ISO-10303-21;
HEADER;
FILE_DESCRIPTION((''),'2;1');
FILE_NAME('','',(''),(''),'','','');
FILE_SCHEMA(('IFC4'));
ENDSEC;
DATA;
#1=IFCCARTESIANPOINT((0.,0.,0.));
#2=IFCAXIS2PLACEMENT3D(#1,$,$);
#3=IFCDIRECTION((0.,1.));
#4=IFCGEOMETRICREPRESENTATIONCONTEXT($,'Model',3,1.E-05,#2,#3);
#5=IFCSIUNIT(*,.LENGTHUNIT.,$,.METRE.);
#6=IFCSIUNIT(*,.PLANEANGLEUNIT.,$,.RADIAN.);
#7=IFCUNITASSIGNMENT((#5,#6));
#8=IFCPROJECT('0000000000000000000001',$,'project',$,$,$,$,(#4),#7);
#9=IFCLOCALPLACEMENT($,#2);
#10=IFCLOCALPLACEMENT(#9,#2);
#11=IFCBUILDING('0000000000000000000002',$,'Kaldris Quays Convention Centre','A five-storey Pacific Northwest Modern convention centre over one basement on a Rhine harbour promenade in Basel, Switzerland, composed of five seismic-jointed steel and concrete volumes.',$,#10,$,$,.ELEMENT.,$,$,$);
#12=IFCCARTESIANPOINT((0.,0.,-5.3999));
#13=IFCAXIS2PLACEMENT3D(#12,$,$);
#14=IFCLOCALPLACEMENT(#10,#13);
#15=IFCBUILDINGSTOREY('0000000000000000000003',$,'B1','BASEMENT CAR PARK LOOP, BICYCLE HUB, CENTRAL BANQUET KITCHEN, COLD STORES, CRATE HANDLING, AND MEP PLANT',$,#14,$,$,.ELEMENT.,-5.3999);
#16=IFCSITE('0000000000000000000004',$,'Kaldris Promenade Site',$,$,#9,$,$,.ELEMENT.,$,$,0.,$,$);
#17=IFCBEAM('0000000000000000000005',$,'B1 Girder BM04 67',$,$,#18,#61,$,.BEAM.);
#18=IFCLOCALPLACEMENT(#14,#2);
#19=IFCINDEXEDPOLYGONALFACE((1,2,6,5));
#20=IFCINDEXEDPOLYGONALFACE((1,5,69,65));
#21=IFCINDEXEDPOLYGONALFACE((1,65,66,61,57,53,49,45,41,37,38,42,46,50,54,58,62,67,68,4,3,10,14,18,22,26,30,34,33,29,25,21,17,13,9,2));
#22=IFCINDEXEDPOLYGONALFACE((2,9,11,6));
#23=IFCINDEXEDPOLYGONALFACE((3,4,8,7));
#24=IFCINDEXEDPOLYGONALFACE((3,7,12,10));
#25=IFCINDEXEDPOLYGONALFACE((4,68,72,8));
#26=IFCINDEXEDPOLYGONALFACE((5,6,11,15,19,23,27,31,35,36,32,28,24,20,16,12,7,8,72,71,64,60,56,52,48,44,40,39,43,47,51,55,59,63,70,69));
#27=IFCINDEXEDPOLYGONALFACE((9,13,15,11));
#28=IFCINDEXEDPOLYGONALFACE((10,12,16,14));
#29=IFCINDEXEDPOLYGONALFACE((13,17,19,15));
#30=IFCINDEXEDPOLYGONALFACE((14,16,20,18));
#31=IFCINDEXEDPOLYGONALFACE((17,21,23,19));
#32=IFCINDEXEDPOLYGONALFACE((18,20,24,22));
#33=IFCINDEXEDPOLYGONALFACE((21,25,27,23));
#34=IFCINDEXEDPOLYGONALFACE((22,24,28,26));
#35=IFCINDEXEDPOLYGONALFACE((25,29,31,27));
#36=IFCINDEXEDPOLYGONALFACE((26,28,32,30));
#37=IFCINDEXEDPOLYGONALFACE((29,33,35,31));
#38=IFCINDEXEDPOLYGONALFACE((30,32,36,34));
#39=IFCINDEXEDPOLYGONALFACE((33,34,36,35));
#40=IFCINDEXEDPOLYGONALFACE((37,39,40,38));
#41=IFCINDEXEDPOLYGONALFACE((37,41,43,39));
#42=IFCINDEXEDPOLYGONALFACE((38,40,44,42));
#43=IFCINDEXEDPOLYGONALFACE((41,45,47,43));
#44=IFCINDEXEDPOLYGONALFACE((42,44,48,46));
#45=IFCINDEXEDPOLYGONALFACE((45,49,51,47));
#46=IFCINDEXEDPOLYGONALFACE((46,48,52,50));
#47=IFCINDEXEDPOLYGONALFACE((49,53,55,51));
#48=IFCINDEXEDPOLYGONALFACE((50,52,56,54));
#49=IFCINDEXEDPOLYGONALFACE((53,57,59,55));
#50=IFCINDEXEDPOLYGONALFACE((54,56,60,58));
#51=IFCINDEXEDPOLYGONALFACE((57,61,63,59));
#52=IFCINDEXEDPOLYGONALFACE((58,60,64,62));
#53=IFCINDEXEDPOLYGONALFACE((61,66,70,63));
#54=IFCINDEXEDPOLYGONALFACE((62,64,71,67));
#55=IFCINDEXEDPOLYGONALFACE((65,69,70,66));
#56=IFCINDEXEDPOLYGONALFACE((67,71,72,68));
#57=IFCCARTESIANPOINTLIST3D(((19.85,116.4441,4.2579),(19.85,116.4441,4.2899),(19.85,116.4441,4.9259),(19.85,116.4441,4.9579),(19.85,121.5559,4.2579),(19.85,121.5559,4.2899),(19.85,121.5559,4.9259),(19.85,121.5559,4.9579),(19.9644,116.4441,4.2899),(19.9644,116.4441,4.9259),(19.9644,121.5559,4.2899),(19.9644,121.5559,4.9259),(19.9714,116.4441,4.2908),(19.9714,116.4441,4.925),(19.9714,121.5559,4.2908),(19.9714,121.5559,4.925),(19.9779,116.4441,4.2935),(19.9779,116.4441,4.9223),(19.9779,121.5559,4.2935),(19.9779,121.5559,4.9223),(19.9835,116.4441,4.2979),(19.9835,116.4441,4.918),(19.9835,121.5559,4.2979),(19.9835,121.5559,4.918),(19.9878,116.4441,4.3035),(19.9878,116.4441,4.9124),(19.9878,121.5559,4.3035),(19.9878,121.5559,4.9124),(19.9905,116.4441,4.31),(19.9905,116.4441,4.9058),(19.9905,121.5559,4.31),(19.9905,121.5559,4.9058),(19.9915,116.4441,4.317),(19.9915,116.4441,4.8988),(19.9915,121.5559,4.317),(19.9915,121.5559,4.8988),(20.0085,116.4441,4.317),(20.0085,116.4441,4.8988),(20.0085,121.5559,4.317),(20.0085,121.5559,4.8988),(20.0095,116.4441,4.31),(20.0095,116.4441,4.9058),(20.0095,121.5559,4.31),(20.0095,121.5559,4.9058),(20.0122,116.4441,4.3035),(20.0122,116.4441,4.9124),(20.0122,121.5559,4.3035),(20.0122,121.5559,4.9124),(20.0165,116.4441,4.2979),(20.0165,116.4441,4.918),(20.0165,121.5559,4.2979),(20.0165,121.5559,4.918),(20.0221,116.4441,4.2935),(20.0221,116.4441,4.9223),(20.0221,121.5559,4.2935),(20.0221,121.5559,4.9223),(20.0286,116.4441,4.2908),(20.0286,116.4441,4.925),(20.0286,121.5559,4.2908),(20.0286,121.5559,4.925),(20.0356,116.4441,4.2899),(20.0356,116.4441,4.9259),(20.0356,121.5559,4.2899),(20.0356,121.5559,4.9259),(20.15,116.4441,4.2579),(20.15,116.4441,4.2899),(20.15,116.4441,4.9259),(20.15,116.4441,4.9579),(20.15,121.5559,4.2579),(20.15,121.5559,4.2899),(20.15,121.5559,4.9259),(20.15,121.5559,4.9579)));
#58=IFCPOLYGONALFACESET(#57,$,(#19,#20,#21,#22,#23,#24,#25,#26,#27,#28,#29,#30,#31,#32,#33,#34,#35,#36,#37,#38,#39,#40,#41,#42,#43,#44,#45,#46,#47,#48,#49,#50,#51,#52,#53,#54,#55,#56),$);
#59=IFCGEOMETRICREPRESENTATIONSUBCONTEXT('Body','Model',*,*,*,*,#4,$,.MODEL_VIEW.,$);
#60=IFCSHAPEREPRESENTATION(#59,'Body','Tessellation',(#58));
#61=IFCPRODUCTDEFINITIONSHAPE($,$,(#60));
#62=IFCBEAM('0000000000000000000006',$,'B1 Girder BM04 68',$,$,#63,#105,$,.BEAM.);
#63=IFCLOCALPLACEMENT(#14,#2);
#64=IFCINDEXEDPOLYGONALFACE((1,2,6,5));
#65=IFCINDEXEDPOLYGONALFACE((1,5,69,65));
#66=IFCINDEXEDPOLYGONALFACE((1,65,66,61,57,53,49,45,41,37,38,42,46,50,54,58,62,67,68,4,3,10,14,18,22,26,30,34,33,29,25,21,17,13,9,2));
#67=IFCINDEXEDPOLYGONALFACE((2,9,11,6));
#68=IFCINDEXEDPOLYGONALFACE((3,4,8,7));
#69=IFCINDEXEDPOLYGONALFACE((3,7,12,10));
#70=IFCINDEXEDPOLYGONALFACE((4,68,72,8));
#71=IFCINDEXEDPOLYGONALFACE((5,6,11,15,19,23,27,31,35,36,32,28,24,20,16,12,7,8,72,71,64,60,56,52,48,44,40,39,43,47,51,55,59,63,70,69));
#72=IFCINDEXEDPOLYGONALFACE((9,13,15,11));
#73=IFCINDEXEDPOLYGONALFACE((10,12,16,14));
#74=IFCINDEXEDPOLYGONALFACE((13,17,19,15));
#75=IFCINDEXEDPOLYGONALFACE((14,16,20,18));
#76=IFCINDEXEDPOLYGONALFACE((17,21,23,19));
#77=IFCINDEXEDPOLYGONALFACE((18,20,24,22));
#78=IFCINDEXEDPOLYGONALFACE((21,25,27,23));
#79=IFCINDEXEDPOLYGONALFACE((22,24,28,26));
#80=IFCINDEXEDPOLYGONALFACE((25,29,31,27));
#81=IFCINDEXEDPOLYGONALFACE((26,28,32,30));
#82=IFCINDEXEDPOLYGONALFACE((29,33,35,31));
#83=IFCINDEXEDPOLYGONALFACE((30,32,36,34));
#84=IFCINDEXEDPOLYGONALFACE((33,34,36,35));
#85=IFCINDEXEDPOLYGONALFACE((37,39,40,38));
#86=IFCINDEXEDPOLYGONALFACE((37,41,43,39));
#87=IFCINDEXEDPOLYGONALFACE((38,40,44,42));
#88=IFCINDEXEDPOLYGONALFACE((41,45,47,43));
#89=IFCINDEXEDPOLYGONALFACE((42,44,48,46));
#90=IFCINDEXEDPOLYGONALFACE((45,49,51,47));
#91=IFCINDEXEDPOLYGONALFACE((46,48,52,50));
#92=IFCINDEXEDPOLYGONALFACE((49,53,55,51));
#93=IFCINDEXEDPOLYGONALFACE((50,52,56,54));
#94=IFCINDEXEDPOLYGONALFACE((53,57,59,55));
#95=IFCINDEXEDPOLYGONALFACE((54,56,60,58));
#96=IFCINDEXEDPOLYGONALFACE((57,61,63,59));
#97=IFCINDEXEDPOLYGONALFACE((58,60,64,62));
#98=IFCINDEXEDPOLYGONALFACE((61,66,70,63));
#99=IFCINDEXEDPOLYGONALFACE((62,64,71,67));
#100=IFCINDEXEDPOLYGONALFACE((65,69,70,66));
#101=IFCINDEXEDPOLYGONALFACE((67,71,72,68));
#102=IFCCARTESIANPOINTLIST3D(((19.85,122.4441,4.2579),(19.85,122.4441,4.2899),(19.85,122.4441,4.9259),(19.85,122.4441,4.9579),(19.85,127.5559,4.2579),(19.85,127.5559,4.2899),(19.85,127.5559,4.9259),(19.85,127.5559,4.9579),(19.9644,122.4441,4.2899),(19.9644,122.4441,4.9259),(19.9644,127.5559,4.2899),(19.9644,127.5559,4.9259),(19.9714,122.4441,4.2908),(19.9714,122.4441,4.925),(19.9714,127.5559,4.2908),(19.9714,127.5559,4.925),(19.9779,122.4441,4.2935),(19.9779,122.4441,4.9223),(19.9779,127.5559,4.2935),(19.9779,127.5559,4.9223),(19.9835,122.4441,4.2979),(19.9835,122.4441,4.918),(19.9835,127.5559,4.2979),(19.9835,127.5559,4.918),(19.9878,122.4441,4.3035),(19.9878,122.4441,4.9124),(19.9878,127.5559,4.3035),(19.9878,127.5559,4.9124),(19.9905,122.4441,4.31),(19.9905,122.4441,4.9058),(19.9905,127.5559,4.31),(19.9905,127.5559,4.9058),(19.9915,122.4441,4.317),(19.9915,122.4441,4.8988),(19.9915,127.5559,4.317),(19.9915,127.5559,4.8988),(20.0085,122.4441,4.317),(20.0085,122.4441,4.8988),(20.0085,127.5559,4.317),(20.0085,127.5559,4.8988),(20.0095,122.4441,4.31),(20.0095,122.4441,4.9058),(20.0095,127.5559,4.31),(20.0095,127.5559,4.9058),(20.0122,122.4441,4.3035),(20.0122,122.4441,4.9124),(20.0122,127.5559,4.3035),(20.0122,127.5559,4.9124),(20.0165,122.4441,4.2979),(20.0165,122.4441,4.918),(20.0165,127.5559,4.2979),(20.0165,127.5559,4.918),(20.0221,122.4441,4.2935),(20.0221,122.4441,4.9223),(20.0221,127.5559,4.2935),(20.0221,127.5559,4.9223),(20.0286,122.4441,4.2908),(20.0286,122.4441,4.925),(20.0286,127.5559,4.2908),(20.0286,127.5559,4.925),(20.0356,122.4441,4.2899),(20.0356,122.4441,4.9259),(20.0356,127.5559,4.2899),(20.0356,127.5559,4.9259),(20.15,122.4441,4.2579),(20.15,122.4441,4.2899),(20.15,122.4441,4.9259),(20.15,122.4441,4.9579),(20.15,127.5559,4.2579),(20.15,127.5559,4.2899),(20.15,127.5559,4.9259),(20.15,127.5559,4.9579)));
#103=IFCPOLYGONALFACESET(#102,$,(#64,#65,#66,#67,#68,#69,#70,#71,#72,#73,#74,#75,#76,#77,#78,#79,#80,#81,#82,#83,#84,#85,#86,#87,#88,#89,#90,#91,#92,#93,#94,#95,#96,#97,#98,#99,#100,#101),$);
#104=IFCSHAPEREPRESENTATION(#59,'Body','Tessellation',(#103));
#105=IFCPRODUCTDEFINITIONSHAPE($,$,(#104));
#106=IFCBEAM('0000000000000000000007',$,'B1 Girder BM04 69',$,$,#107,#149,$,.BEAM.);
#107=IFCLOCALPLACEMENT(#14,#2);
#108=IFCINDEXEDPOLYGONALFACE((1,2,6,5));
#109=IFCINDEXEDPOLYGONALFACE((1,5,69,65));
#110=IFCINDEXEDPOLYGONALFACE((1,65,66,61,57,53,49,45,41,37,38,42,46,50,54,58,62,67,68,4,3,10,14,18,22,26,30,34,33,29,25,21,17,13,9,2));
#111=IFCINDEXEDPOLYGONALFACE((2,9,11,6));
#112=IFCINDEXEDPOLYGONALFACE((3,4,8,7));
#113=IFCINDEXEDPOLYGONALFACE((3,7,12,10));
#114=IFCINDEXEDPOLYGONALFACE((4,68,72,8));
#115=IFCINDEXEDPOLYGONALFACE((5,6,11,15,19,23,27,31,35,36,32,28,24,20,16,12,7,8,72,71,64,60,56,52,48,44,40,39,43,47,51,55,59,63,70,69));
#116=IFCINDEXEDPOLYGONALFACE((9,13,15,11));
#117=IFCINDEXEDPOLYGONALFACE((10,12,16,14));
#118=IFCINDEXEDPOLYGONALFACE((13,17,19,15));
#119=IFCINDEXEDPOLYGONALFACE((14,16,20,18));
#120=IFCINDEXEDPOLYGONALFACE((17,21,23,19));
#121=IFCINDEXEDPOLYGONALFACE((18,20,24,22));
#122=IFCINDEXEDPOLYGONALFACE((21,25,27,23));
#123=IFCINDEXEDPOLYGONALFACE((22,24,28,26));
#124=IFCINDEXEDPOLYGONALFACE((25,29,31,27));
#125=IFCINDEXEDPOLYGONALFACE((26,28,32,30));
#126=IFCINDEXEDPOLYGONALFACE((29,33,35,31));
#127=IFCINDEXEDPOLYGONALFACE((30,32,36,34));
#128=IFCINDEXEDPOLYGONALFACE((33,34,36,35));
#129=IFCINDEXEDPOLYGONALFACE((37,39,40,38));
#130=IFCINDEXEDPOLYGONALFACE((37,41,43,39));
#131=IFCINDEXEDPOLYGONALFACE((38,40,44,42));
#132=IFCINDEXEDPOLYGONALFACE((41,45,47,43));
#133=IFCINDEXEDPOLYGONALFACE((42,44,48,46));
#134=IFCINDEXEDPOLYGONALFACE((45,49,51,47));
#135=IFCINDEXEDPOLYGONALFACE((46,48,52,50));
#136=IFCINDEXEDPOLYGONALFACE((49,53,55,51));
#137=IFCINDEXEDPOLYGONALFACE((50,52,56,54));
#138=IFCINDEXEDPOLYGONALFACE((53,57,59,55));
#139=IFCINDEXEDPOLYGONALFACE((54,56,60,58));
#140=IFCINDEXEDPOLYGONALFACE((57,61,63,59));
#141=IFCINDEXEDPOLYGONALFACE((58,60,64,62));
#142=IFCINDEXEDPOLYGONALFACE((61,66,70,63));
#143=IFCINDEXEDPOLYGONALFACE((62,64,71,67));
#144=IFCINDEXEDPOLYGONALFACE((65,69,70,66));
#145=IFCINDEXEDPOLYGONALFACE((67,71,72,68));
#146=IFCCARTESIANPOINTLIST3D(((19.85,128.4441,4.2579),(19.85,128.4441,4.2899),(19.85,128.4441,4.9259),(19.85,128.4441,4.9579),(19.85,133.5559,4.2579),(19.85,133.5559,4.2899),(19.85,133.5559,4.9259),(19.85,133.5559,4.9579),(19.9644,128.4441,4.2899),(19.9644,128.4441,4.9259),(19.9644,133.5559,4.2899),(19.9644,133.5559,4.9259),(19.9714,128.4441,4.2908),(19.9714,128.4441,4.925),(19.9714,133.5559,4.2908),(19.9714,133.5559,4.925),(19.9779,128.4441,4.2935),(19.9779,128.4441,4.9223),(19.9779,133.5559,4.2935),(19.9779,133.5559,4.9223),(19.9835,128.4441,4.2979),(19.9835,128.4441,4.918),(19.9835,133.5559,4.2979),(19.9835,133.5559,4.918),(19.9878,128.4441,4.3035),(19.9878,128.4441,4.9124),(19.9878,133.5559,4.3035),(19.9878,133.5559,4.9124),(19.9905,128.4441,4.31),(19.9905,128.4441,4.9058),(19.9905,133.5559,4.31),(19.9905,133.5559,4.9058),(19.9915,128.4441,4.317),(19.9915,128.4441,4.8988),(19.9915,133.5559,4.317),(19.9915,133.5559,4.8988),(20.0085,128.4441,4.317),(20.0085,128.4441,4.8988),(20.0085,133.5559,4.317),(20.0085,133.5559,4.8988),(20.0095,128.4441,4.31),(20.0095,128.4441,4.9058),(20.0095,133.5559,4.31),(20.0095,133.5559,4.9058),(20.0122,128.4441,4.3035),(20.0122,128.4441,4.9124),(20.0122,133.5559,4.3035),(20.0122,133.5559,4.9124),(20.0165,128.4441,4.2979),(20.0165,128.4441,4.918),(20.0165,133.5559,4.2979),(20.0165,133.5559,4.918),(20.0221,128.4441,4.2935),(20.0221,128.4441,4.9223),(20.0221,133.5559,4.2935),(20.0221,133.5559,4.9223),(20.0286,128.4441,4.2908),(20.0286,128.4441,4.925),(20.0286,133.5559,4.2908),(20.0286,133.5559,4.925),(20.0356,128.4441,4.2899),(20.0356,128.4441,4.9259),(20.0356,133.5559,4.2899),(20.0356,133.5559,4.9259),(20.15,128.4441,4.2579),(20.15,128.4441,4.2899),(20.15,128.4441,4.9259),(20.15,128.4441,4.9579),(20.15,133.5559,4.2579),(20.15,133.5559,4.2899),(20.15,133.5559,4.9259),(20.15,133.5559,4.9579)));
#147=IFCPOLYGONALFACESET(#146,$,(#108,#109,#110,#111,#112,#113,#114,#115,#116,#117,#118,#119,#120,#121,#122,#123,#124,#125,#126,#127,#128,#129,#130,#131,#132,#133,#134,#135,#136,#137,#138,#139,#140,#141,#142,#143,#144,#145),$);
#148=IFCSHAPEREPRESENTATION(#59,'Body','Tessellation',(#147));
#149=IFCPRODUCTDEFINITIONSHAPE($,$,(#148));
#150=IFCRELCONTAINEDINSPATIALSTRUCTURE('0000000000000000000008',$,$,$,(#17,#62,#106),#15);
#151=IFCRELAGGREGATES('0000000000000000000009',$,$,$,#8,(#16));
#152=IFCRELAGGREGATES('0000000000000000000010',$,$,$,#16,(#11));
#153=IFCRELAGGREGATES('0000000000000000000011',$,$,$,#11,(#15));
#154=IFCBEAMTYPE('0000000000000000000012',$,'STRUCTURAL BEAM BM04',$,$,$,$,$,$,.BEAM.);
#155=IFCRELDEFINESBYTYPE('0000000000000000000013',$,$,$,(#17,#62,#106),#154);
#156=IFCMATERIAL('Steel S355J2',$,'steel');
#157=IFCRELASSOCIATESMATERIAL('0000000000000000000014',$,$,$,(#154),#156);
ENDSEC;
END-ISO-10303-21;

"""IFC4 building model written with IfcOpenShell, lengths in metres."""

from ifc_helpers import new_model, si_unit, direction, frame, origin, origin_2d, place, context, subcontext, project, spatial, i_section, extrude, material, material_profile, profile_set, type_object, element, save


model = new_model("IFC4")

# Units and contexts
model_context = context("Model", 3, precision=1e-05, world=origin(), true_north=direction((0.0, 1.0)))
body_context = subcontext(model_context, "Body", "Model", "MODEL_VIEW")
ifc_project = project(units=[si_unit("LENGTHUNIT", "METRE"), si_unit("PLANEANGLEUNIT", "RADIAN")], contexts=[model_context])

# Site, building, storey
site_placement = place(None, origin())
site = spatial("IfcSite", under=ifc_project, at=site_placement, Name="Kaldris Promenade Site", CompositionType="ELEMENT", RefElevation=0.0)
building_placement = place(site_placement, origin())
building = spatial("IfcBuilding", under=site, at=building_placement, Name="Kaldris Quays Convention Centre", Description="A five-storey Pacific Northwest Modern convention centre over one basement on a Rhine harbour promenade in Basel, Switzerland, composed of five seismic-jointed steel and concrete volumes.", CompositionType="ELEMENT")
storey_placement = place(building_placement, frame((0.0, 0.0, -5.3999)))
storey = spatial("IfcBuildingStorey", under=building, at=storey_placement, Name="B1", Description="BASEMENT CAR PARK LOOP, BICYCLE HUB, CENTRAL BANQUET KITCHEN, COLD STORES, CRATE HANDLING, AND MEP PLANT", CompositionType="ELEMENT", Elevation=-5.3999)

# Shared definitions
ifc_material_1 = material(Name="Steel S355J2", Category="steel")

# Beams
ifc_material_profile_1 = material_profile(ifc_material_1, i_section(OverallWidth=0.3, OverallDepth=0.7, WebThickness=0.0171, FlangeThickness=0.032, FilletRadius=0.0271, at=origin_2d()), Name="HEB 700")
ifc_profile_set_1 = profile_set([ifc_material_profile_1], Name="Steel S355J2")
beam_type = type_object("IfcBeamType", Name="STRUCTURAL BEAM BM04", PredefinedType="BEAM", material=ifc_profile_set_1)
for number, where, z_axis, x_axis, name in (
    (1, (20.0, 116.4441, 4.6079), (0.0, 1.0, 0.0), (-1.0, 0.0, 0.0), "B1 Girder BM04 67"),
    (2, (20.0, 122.4441, 4.6079), (0.0, 1.0, 0.0), (-1.0, 0.0, 0.0), "B1 Girder BM04 68"),
    (3, (20.0, 128.4441, 4.6079), (0.0, 1.0, 0.0), (-1.0, 0.0, 0.0), "B1 Girder BM04 69"),
):
    element("IfcBeam", number, at=place(storey_placement, frame(where, z_axis=z_axis, x_axis=x_axis)), inside=storey, type_object=beam_type, Name=name, PredefinedType="BEAM", context=body_context, shape_type="SweptSolid", body=[
        extrude(i_section(OverallWidth=0.3, OverallDepth=0.7, WebThickness=0.0171, FlangeThickness=0.032, FilletRadius=0.0271, at=origin_2d()), origin(), (0.0, 0.0, 1.0), 5.1118),
    ])

save(model, "model.ifc")
